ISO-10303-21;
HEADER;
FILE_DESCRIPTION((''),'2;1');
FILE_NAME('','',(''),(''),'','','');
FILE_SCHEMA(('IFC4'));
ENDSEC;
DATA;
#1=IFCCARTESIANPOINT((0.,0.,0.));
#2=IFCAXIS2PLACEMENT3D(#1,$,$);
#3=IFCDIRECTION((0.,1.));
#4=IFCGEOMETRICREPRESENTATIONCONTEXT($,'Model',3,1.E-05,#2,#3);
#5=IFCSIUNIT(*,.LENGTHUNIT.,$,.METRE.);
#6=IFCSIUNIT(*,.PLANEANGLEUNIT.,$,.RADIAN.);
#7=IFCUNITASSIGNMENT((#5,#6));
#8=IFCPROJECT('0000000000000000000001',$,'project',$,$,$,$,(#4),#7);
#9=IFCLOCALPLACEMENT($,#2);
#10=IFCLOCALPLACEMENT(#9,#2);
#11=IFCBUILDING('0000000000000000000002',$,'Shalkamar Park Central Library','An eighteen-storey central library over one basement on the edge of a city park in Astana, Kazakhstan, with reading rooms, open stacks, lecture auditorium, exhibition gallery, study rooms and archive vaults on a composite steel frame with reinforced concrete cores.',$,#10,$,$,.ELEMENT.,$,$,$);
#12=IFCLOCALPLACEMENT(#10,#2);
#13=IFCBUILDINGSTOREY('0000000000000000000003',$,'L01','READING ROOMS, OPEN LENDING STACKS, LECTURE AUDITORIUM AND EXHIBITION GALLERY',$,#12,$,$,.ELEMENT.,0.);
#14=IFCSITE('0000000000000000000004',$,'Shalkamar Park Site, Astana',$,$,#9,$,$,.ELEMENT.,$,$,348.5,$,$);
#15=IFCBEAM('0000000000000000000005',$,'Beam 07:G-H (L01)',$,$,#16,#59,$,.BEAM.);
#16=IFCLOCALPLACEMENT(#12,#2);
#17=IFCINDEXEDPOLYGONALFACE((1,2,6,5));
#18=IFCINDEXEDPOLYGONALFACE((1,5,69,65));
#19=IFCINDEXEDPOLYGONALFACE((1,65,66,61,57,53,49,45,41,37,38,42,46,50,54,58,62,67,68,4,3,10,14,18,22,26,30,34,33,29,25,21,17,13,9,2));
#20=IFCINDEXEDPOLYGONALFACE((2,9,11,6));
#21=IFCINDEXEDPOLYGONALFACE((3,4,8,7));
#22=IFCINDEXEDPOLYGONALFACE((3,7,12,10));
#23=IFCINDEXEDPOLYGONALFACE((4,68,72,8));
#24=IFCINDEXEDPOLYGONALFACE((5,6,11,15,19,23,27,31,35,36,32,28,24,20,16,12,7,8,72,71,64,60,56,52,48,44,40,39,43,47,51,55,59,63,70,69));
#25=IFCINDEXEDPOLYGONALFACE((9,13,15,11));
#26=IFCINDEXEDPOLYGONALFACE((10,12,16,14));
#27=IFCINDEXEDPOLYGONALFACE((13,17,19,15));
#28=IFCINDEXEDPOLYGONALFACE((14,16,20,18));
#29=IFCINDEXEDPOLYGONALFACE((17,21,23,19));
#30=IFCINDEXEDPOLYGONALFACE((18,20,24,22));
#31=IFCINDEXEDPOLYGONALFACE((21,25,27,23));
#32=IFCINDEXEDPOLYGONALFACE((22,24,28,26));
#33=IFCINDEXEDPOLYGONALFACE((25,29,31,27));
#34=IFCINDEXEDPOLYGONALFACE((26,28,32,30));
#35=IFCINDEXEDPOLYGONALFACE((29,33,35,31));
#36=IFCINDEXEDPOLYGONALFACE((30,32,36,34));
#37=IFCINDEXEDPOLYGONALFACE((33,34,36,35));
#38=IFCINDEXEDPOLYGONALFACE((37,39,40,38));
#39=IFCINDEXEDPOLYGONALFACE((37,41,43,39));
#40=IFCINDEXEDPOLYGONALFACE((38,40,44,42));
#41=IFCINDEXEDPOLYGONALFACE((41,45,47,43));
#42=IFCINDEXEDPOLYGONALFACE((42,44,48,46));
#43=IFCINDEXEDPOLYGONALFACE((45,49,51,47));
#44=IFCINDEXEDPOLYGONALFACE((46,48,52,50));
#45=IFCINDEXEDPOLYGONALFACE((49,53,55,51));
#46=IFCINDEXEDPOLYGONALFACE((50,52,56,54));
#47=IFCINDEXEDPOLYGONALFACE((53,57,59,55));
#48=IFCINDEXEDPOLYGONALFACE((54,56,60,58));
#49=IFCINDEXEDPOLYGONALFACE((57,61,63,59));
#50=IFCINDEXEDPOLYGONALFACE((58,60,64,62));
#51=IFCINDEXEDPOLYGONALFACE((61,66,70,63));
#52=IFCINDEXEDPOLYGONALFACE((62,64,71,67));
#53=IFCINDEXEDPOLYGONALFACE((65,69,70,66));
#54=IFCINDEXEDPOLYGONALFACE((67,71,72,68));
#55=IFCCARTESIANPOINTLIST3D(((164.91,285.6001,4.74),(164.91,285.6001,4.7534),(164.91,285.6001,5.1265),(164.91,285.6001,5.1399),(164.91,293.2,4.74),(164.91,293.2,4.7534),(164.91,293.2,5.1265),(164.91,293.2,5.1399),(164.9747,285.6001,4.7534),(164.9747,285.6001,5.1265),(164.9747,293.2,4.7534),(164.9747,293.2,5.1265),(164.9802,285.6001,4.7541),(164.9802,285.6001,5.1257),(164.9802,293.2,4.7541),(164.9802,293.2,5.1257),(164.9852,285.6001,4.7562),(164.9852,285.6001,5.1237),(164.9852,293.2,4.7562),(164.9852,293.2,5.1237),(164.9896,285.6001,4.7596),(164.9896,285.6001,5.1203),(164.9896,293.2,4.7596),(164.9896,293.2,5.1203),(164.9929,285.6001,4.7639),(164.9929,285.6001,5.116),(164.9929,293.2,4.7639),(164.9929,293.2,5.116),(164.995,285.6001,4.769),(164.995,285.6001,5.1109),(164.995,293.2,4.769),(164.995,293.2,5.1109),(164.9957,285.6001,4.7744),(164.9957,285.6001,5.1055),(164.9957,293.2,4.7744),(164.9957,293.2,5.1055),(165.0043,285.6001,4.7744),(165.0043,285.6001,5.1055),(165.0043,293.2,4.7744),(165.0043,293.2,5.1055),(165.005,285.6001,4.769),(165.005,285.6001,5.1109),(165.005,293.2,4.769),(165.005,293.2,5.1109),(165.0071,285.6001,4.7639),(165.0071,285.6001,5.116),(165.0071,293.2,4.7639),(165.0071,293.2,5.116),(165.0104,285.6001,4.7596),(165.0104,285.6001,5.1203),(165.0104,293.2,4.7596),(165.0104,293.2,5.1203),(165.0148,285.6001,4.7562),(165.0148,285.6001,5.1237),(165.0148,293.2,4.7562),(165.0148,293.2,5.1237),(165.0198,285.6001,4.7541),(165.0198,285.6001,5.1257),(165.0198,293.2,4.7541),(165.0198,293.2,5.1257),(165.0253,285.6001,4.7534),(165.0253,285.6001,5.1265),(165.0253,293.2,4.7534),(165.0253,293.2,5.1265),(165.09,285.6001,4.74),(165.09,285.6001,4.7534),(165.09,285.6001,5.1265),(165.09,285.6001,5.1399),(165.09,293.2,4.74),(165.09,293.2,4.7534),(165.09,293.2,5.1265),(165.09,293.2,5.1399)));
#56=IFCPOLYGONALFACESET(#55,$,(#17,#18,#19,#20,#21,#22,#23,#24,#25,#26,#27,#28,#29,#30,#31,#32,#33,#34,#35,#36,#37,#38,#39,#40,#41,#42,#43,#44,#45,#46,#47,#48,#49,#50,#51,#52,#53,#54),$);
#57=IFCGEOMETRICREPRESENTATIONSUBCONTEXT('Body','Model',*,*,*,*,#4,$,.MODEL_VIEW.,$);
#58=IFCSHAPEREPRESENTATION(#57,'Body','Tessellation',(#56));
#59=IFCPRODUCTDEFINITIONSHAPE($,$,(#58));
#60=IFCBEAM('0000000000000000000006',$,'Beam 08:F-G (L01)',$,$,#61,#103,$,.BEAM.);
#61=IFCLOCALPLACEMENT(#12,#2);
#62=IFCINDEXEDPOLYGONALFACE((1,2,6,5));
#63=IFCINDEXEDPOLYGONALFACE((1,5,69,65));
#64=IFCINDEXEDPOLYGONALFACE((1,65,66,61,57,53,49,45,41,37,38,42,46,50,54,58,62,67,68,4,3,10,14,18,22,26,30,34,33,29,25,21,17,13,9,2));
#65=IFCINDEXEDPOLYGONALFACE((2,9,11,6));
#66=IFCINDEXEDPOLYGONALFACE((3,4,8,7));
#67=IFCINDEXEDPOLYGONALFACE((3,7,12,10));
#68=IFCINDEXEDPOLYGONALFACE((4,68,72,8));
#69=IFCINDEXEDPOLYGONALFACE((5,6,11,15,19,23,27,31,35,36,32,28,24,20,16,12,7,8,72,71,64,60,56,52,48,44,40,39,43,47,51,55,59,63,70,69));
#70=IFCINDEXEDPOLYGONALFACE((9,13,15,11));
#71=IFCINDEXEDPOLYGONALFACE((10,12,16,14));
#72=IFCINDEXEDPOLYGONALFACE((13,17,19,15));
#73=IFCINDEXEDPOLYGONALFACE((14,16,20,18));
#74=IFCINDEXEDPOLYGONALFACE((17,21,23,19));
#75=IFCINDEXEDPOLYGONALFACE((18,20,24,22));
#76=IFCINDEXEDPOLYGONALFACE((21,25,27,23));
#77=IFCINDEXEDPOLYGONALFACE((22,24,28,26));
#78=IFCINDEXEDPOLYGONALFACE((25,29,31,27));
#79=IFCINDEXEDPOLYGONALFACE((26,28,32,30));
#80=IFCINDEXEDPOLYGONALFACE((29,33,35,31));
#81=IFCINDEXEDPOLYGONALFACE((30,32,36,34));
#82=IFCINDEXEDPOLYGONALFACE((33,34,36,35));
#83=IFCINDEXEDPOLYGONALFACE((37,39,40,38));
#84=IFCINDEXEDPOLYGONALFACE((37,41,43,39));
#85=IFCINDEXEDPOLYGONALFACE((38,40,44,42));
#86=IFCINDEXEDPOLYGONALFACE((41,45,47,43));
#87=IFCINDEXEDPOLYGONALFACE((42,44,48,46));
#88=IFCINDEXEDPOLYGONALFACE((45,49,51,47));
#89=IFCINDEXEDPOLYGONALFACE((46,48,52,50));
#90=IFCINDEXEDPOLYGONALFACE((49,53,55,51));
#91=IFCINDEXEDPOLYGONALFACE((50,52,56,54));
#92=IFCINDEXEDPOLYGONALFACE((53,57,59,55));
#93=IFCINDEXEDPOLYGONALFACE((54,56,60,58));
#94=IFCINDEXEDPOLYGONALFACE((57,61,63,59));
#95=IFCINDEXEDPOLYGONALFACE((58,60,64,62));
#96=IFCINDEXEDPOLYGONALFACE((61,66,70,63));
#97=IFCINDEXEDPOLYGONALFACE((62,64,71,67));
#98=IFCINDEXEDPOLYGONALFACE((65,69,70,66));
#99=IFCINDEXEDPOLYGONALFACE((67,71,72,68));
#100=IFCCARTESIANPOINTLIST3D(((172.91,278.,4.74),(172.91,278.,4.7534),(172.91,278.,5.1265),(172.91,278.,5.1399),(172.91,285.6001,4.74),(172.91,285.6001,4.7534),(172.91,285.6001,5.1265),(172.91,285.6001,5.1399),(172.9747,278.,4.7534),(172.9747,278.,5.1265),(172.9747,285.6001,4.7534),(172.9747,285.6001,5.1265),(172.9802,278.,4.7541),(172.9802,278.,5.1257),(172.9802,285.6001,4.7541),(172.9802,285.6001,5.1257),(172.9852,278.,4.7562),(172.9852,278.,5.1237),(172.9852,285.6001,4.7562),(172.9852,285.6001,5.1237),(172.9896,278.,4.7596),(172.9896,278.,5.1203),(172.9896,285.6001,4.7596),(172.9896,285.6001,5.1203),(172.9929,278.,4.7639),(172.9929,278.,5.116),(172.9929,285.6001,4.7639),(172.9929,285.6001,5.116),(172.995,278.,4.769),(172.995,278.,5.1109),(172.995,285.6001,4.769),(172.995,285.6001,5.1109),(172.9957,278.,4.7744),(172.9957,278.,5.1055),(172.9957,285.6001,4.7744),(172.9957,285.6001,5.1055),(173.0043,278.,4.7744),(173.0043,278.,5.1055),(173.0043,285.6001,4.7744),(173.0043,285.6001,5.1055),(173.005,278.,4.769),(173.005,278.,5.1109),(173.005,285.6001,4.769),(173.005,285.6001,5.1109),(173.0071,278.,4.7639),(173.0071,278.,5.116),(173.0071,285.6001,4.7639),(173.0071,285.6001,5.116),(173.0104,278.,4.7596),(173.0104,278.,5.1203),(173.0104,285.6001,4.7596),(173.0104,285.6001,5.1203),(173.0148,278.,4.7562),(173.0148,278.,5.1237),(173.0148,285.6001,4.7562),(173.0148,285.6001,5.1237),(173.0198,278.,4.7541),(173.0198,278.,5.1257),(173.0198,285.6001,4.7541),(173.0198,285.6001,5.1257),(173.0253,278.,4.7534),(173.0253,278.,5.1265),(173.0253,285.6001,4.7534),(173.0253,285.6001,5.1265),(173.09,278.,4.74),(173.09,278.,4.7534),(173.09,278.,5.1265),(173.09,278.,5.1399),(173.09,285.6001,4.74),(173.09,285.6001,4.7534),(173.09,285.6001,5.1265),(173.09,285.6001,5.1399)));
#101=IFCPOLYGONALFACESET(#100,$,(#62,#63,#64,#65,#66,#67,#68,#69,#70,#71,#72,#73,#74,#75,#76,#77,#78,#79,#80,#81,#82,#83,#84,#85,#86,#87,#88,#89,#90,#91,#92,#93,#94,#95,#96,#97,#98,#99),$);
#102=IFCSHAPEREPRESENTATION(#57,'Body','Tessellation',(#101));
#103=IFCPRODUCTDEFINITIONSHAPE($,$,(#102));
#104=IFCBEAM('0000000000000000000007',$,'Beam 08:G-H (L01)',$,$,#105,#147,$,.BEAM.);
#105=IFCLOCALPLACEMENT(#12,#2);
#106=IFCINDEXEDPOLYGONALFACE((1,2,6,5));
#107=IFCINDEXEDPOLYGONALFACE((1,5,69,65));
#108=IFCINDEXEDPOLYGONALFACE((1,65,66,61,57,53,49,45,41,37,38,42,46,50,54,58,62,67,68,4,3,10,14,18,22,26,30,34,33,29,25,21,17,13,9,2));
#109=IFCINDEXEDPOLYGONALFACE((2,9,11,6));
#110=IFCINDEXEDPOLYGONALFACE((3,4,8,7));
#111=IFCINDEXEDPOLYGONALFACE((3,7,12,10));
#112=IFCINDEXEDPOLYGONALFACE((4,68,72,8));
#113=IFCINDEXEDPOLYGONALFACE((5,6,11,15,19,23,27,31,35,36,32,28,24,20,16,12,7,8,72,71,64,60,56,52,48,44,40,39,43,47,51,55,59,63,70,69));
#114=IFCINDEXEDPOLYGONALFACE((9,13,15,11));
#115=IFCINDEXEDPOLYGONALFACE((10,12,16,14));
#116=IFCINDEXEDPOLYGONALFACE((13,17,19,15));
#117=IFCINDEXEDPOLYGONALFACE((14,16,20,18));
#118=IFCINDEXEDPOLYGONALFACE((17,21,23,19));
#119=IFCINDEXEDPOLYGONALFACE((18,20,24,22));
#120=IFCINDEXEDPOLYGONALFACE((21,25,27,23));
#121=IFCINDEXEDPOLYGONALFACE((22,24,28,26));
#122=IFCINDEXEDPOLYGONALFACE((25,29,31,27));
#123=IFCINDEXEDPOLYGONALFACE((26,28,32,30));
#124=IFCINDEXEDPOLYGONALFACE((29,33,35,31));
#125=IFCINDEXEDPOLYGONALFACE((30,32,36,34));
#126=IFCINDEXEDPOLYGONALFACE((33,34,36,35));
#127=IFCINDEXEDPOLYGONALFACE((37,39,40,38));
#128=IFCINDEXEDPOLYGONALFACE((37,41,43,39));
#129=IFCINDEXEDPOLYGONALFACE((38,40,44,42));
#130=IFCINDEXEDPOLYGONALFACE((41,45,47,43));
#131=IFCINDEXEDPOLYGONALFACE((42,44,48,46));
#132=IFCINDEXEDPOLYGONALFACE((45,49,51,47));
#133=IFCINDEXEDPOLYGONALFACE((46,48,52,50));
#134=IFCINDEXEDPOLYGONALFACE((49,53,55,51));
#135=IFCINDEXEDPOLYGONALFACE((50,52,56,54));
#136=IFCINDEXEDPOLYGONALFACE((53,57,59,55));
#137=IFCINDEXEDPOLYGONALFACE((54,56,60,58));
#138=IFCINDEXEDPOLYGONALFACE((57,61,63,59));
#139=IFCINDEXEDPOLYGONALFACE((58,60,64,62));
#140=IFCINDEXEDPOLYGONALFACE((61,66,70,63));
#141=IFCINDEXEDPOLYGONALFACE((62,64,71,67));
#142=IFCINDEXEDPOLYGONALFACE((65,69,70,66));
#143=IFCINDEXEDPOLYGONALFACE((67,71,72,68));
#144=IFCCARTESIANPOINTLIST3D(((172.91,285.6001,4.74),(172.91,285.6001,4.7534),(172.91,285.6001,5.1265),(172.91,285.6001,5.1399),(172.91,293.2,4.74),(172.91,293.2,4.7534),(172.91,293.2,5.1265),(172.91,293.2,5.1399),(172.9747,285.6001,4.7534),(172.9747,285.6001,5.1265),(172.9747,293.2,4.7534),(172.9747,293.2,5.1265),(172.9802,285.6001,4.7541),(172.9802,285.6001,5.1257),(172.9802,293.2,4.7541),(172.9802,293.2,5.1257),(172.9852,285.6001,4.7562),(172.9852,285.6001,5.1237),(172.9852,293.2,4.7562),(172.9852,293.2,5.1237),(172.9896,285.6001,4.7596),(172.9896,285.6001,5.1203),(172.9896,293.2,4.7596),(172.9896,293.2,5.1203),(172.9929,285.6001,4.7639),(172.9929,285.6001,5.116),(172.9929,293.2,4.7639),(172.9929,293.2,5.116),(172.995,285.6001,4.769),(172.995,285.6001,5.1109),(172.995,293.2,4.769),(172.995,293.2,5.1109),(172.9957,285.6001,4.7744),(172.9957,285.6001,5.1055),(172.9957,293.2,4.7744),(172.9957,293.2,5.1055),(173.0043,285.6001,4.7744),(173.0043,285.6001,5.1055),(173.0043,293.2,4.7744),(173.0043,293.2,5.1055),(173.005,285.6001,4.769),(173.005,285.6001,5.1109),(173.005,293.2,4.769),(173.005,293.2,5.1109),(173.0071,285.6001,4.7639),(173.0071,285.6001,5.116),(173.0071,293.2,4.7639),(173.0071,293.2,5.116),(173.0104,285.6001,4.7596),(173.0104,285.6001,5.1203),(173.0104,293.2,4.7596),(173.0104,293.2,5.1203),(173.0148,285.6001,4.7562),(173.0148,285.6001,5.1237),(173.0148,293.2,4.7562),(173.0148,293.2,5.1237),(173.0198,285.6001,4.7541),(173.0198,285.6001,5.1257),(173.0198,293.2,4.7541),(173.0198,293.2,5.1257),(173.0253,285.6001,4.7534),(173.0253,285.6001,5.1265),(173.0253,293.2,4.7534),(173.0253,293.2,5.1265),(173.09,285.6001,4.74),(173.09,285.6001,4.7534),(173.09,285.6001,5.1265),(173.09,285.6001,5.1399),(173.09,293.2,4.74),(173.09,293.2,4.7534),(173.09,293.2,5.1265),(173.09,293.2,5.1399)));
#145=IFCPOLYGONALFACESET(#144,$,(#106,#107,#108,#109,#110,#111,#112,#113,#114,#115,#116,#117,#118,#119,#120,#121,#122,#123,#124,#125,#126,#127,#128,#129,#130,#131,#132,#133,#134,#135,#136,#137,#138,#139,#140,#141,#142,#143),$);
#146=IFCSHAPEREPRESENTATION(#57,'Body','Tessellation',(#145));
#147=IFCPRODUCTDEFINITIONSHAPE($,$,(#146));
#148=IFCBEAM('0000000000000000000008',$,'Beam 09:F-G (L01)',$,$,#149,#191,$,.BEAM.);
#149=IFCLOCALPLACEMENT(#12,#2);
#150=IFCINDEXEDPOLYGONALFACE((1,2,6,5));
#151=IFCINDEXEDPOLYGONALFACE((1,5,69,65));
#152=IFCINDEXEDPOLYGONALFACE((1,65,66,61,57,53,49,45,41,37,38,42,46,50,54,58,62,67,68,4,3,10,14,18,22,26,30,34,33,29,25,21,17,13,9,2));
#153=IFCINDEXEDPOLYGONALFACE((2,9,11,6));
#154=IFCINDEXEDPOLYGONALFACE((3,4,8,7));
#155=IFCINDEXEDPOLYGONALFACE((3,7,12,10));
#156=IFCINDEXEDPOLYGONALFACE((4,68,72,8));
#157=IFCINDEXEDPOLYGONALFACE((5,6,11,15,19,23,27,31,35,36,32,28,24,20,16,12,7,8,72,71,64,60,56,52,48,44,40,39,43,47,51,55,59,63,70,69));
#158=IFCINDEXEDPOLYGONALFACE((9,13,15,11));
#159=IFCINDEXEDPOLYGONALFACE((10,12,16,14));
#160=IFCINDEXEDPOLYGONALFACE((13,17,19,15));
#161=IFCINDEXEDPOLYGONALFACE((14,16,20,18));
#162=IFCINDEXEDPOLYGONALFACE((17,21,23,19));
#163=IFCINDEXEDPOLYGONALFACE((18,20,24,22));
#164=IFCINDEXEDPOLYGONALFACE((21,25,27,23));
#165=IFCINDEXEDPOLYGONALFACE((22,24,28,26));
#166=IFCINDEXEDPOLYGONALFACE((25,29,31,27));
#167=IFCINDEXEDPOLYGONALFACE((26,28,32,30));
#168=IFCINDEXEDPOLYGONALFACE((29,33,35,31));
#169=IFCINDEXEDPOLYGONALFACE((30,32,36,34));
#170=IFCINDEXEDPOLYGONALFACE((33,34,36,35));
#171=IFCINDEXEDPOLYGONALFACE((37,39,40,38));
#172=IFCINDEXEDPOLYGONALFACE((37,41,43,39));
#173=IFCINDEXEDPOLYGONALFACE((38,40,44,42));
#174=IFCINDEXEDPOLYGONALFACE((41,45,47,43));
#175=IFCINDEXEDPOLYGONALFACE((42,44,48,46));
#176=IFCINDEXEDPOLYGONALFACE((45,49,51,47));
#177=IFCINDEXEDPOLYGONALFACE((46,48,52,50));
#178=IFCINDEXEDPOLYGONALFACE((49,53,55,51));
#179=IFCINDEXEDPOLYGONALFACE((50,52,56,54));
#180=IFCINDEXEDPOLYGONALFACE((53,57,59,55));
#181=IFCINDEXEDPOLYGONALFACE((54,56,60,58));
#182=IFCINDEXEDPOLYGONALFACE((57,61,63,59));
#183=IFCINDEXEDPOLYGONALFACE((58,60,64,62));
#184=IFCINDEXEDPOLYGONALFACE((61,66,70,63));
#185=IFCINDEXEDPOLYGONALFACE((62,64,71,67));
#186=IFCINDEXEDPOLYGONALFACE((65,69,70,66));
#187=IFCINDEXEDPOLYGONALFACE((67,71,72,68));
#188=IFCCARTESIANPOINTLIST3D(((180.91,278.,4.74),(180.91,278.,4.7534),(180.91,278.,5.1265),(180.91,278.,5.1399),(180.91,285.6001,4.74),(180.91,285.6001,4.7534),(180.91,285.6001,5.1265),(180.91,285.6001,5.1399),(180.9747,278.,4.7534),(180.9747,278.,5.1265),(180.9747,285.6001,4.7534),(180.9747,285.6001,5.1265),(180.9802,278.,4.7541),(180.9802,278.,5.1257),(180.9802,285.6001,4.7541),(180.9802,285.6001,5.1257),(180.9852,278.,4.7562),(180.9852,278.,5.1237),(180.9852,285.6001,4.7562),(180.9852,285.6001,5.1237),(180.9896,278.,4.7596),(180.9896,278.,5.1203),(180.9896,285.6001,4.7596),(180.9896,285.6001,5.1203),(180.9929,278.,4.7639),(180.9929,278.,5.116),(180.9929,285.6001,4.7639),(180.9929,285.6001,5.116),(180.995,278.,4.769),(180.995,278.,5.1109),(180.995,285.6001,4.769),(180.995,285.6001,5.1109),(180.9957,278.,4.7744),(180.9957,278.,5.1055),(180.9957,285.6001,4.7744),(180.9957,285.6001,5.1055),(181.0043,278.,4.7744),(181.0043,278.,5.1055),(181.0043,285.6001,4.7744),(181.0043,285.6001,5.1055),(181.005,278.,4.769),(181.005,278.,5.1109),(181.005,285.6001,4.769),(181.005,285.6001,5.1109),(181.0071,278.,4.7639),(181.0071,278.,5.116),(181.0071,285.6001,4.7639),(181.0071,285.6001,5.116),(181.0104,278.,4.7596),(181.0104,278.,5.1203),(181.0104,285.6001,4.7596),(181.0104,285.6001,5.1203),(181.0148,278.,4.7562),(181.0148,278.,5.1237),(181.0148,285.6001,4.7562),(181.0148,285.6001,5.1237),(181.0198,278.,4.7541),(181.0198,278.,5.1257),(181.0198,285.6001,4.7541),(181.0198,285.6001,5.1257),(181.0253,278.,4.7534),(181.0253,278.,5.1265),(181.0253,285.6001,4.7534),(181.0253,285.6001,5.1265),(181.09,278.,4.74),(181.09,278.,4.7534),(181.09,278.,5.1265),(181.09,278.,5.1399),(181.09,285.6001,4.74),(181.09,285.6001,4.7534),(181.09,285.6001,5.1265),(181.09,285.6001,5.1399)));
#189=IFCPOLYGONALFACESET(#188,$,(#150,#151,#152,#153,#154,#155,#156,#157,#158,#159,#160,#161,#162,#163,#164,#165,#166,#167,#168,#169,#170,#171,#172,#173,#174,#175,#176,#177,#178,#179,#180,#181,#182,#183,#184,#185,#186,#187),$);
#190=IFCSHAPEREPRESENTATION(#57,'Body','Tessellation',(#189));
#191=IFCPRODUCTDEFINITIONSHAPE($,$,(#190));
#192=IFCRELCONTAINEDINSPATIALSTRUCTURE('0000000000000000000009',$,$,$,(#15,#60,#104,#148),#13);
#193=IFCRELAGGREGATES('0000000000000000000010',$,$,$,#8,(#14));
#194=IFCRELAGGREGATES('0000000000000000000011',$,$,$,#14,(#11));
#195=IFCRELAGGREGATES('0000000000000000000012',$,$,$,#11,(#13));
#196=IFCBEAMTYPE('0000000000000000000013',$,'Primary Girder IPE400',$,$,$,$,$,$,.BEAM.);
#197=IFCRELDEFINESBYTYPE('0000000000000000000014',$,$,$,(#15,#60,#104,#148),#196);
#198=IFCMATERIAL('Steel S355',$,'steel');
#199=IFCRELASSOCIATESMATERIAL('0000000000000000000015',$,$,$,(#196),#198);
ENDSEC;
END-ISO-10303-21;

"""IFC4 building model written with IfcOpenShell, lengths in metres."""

from ifc_helpers import new_model, si_unit, direction, frame, origin, origin_2d, place, context, subcontext, project, spatial, i_section, extrude, material, material_profile, profile_set, type_object, element, save


model = new_model("IFC4")

# Units and contexts
model_context = context("Model", 3, precision=1e-05, world=origin(), true_north=direction((0.0, 1.0)))
body_context = subcontext(model_context, "Body", "Model", "MODEL_VIEW")
ifc_project = project(units=[si_unit("LENGTHUNIT", "METRE"), si_unit("PLANEANGLEUNIT", "RADIAN")], contexts=[model_context])

# Site, building, storey
site_placement = place(None, origin())
site = spatial("IfcSite", under=ifc_project, at=site_placement, Name="Shalkamar Park Site, Astana", CompositionType="ELEMENT", RefElevation=348.5)
building_placement = place(site_placement, origin())
building = spatial("IfcBuilding", under=site, at=building_placement, Name="Shalkamar Park Central Library", Description="An eighteen-storey central library over one basement on the edge of a city park in Astana, Kazakhstan, with reading rooms, open stacks, lecture auditorium, exhibition gallery, study rooms and archive vaults on a composite steel frame with reinforced concrete cores.", CompositionType="ELEMENT")
storey_placement = place(building_placement, origin())
storey = spatial("IfcBuildingStorey", under=building, at=storey_placement, Name="L01", Description="READING ROOMS, OPEN LENDING STACKS, LECTURE AUDITORIUM AND EXHIBITION GALLERY", CompositionType="ELEMENT", Elevation=0.0)

# Shared definitions
ifc_material = material(Name="Steel S355", Category="steel")

# Beams
ifc_material_profile_1 = material_profile(ifc_material, i_section(OverallWidth=0.1799, OverallDepth=0.3999, WebThickness=0.0085, FlangeThickness=0.0134, FilletRadius=0.021, at=origin_2d()), Name="IPE 400")
ifc_profile_set_1 = profile_set([ifc_material_profile_1], Name="Steel S355")
beam_type_1 = type_object("IfcBeamType", Name="Primary Girder IPE400", PredefinedType="BEAM", material=ifc_profile_set_1)
beam_1_placement = place(storey_placement, frame((165.0, 285.6001, 4.9399), z_axis=(0.0, 1.0, 0.0), x_axis=(-1.0, 0.0, 0.0)))
element("IfcBeam", 1, at=beam_1_placement, inside=storey, type_object=beam_type_1, Name="Beam 07:G-H (L01)", PredefinedType="BEAM", context=body_context, shape_type="SweptSolid", body=[
    extrude(i_section(OverallWidth=0.1799, OverallDepth=0.3999, WebThickness=0.0085, FlangeThickness=0.0134, FilletRadius=0.021, at=origin_2d()), origin(), (0.0, 0.0, 1.0), 7.5999),
])
beam_2_placement = place(storey_placement, frame((173.0, 278.0, 4.9399), z_axis=(0.0, 1.0, 0.0), x_axis=(-1.0, 0.0, 0.0)))
element("IfcBeam", 2, at=beam_2_placement, inside=storey, type_object=beam_type_1, Name="Beam 08:F-G (L01)", PredefinedType="BEAM", context=body_context, shape_type="SweptSolid", body=[
    extrude(i_section(OverallWidth=0.1799, OverallDepth=0.3999, WebThickness=0.0085, FlangeThickness=0.0134, FilletRadius=0.021, at=origin_2d()), origin(), (0.0, 0.0, 1.0), 7.6001),
])
beam_3_placement = place(storey_placement, frame((173.0, 285.6001, 4.9399), z_axis=(0.0, 1.0, 0.0), x_axis=(-1.0, 0.0, 0.0)))
element("IfcBeam", 3, at=beam_3_placement, inside=storey, type_object=beam_type_1, Name="Beam 08:G-H (L01)", PredefinedType="BEAM", context=body_context, shape_type="SweptSolid", body=[
    extrude(i_section(OverallWidth=0.1799, OverallDepth=0.3999, WebThickness=0.0085, FlangeThickness=0.0134, FilletRadius=0.021, at=origin_2d()), origin(), (0.0, 0.0, 1.0), 7.5999),
])
beam_4_placement = place(storey_placement, frame((181.0, 278.0, 4.9399), z_axis=(0.0, 1.0, 0.0), x_axis=(-1.0, 0.0, 0.0)))
element("IfcBeam", 4, at=beam_4_placement, inside=storey, type_object=beam_type_1, Name="Beam 09:F-G (L01)", PredefinedType="BEAM", context=body_context, shape_type="SweptSolid", body=[
    extrude(i_section(OverallWidth=0.1799, OverallDepth=0.3999, WebThickness=0.0085, FlangeThickness=0.0134, FilletRadius=0.021, at=origin_2d()), origin(), (0.0, 0.0, 1.0), 7.6001),
])

save(model, "model.ifc")
